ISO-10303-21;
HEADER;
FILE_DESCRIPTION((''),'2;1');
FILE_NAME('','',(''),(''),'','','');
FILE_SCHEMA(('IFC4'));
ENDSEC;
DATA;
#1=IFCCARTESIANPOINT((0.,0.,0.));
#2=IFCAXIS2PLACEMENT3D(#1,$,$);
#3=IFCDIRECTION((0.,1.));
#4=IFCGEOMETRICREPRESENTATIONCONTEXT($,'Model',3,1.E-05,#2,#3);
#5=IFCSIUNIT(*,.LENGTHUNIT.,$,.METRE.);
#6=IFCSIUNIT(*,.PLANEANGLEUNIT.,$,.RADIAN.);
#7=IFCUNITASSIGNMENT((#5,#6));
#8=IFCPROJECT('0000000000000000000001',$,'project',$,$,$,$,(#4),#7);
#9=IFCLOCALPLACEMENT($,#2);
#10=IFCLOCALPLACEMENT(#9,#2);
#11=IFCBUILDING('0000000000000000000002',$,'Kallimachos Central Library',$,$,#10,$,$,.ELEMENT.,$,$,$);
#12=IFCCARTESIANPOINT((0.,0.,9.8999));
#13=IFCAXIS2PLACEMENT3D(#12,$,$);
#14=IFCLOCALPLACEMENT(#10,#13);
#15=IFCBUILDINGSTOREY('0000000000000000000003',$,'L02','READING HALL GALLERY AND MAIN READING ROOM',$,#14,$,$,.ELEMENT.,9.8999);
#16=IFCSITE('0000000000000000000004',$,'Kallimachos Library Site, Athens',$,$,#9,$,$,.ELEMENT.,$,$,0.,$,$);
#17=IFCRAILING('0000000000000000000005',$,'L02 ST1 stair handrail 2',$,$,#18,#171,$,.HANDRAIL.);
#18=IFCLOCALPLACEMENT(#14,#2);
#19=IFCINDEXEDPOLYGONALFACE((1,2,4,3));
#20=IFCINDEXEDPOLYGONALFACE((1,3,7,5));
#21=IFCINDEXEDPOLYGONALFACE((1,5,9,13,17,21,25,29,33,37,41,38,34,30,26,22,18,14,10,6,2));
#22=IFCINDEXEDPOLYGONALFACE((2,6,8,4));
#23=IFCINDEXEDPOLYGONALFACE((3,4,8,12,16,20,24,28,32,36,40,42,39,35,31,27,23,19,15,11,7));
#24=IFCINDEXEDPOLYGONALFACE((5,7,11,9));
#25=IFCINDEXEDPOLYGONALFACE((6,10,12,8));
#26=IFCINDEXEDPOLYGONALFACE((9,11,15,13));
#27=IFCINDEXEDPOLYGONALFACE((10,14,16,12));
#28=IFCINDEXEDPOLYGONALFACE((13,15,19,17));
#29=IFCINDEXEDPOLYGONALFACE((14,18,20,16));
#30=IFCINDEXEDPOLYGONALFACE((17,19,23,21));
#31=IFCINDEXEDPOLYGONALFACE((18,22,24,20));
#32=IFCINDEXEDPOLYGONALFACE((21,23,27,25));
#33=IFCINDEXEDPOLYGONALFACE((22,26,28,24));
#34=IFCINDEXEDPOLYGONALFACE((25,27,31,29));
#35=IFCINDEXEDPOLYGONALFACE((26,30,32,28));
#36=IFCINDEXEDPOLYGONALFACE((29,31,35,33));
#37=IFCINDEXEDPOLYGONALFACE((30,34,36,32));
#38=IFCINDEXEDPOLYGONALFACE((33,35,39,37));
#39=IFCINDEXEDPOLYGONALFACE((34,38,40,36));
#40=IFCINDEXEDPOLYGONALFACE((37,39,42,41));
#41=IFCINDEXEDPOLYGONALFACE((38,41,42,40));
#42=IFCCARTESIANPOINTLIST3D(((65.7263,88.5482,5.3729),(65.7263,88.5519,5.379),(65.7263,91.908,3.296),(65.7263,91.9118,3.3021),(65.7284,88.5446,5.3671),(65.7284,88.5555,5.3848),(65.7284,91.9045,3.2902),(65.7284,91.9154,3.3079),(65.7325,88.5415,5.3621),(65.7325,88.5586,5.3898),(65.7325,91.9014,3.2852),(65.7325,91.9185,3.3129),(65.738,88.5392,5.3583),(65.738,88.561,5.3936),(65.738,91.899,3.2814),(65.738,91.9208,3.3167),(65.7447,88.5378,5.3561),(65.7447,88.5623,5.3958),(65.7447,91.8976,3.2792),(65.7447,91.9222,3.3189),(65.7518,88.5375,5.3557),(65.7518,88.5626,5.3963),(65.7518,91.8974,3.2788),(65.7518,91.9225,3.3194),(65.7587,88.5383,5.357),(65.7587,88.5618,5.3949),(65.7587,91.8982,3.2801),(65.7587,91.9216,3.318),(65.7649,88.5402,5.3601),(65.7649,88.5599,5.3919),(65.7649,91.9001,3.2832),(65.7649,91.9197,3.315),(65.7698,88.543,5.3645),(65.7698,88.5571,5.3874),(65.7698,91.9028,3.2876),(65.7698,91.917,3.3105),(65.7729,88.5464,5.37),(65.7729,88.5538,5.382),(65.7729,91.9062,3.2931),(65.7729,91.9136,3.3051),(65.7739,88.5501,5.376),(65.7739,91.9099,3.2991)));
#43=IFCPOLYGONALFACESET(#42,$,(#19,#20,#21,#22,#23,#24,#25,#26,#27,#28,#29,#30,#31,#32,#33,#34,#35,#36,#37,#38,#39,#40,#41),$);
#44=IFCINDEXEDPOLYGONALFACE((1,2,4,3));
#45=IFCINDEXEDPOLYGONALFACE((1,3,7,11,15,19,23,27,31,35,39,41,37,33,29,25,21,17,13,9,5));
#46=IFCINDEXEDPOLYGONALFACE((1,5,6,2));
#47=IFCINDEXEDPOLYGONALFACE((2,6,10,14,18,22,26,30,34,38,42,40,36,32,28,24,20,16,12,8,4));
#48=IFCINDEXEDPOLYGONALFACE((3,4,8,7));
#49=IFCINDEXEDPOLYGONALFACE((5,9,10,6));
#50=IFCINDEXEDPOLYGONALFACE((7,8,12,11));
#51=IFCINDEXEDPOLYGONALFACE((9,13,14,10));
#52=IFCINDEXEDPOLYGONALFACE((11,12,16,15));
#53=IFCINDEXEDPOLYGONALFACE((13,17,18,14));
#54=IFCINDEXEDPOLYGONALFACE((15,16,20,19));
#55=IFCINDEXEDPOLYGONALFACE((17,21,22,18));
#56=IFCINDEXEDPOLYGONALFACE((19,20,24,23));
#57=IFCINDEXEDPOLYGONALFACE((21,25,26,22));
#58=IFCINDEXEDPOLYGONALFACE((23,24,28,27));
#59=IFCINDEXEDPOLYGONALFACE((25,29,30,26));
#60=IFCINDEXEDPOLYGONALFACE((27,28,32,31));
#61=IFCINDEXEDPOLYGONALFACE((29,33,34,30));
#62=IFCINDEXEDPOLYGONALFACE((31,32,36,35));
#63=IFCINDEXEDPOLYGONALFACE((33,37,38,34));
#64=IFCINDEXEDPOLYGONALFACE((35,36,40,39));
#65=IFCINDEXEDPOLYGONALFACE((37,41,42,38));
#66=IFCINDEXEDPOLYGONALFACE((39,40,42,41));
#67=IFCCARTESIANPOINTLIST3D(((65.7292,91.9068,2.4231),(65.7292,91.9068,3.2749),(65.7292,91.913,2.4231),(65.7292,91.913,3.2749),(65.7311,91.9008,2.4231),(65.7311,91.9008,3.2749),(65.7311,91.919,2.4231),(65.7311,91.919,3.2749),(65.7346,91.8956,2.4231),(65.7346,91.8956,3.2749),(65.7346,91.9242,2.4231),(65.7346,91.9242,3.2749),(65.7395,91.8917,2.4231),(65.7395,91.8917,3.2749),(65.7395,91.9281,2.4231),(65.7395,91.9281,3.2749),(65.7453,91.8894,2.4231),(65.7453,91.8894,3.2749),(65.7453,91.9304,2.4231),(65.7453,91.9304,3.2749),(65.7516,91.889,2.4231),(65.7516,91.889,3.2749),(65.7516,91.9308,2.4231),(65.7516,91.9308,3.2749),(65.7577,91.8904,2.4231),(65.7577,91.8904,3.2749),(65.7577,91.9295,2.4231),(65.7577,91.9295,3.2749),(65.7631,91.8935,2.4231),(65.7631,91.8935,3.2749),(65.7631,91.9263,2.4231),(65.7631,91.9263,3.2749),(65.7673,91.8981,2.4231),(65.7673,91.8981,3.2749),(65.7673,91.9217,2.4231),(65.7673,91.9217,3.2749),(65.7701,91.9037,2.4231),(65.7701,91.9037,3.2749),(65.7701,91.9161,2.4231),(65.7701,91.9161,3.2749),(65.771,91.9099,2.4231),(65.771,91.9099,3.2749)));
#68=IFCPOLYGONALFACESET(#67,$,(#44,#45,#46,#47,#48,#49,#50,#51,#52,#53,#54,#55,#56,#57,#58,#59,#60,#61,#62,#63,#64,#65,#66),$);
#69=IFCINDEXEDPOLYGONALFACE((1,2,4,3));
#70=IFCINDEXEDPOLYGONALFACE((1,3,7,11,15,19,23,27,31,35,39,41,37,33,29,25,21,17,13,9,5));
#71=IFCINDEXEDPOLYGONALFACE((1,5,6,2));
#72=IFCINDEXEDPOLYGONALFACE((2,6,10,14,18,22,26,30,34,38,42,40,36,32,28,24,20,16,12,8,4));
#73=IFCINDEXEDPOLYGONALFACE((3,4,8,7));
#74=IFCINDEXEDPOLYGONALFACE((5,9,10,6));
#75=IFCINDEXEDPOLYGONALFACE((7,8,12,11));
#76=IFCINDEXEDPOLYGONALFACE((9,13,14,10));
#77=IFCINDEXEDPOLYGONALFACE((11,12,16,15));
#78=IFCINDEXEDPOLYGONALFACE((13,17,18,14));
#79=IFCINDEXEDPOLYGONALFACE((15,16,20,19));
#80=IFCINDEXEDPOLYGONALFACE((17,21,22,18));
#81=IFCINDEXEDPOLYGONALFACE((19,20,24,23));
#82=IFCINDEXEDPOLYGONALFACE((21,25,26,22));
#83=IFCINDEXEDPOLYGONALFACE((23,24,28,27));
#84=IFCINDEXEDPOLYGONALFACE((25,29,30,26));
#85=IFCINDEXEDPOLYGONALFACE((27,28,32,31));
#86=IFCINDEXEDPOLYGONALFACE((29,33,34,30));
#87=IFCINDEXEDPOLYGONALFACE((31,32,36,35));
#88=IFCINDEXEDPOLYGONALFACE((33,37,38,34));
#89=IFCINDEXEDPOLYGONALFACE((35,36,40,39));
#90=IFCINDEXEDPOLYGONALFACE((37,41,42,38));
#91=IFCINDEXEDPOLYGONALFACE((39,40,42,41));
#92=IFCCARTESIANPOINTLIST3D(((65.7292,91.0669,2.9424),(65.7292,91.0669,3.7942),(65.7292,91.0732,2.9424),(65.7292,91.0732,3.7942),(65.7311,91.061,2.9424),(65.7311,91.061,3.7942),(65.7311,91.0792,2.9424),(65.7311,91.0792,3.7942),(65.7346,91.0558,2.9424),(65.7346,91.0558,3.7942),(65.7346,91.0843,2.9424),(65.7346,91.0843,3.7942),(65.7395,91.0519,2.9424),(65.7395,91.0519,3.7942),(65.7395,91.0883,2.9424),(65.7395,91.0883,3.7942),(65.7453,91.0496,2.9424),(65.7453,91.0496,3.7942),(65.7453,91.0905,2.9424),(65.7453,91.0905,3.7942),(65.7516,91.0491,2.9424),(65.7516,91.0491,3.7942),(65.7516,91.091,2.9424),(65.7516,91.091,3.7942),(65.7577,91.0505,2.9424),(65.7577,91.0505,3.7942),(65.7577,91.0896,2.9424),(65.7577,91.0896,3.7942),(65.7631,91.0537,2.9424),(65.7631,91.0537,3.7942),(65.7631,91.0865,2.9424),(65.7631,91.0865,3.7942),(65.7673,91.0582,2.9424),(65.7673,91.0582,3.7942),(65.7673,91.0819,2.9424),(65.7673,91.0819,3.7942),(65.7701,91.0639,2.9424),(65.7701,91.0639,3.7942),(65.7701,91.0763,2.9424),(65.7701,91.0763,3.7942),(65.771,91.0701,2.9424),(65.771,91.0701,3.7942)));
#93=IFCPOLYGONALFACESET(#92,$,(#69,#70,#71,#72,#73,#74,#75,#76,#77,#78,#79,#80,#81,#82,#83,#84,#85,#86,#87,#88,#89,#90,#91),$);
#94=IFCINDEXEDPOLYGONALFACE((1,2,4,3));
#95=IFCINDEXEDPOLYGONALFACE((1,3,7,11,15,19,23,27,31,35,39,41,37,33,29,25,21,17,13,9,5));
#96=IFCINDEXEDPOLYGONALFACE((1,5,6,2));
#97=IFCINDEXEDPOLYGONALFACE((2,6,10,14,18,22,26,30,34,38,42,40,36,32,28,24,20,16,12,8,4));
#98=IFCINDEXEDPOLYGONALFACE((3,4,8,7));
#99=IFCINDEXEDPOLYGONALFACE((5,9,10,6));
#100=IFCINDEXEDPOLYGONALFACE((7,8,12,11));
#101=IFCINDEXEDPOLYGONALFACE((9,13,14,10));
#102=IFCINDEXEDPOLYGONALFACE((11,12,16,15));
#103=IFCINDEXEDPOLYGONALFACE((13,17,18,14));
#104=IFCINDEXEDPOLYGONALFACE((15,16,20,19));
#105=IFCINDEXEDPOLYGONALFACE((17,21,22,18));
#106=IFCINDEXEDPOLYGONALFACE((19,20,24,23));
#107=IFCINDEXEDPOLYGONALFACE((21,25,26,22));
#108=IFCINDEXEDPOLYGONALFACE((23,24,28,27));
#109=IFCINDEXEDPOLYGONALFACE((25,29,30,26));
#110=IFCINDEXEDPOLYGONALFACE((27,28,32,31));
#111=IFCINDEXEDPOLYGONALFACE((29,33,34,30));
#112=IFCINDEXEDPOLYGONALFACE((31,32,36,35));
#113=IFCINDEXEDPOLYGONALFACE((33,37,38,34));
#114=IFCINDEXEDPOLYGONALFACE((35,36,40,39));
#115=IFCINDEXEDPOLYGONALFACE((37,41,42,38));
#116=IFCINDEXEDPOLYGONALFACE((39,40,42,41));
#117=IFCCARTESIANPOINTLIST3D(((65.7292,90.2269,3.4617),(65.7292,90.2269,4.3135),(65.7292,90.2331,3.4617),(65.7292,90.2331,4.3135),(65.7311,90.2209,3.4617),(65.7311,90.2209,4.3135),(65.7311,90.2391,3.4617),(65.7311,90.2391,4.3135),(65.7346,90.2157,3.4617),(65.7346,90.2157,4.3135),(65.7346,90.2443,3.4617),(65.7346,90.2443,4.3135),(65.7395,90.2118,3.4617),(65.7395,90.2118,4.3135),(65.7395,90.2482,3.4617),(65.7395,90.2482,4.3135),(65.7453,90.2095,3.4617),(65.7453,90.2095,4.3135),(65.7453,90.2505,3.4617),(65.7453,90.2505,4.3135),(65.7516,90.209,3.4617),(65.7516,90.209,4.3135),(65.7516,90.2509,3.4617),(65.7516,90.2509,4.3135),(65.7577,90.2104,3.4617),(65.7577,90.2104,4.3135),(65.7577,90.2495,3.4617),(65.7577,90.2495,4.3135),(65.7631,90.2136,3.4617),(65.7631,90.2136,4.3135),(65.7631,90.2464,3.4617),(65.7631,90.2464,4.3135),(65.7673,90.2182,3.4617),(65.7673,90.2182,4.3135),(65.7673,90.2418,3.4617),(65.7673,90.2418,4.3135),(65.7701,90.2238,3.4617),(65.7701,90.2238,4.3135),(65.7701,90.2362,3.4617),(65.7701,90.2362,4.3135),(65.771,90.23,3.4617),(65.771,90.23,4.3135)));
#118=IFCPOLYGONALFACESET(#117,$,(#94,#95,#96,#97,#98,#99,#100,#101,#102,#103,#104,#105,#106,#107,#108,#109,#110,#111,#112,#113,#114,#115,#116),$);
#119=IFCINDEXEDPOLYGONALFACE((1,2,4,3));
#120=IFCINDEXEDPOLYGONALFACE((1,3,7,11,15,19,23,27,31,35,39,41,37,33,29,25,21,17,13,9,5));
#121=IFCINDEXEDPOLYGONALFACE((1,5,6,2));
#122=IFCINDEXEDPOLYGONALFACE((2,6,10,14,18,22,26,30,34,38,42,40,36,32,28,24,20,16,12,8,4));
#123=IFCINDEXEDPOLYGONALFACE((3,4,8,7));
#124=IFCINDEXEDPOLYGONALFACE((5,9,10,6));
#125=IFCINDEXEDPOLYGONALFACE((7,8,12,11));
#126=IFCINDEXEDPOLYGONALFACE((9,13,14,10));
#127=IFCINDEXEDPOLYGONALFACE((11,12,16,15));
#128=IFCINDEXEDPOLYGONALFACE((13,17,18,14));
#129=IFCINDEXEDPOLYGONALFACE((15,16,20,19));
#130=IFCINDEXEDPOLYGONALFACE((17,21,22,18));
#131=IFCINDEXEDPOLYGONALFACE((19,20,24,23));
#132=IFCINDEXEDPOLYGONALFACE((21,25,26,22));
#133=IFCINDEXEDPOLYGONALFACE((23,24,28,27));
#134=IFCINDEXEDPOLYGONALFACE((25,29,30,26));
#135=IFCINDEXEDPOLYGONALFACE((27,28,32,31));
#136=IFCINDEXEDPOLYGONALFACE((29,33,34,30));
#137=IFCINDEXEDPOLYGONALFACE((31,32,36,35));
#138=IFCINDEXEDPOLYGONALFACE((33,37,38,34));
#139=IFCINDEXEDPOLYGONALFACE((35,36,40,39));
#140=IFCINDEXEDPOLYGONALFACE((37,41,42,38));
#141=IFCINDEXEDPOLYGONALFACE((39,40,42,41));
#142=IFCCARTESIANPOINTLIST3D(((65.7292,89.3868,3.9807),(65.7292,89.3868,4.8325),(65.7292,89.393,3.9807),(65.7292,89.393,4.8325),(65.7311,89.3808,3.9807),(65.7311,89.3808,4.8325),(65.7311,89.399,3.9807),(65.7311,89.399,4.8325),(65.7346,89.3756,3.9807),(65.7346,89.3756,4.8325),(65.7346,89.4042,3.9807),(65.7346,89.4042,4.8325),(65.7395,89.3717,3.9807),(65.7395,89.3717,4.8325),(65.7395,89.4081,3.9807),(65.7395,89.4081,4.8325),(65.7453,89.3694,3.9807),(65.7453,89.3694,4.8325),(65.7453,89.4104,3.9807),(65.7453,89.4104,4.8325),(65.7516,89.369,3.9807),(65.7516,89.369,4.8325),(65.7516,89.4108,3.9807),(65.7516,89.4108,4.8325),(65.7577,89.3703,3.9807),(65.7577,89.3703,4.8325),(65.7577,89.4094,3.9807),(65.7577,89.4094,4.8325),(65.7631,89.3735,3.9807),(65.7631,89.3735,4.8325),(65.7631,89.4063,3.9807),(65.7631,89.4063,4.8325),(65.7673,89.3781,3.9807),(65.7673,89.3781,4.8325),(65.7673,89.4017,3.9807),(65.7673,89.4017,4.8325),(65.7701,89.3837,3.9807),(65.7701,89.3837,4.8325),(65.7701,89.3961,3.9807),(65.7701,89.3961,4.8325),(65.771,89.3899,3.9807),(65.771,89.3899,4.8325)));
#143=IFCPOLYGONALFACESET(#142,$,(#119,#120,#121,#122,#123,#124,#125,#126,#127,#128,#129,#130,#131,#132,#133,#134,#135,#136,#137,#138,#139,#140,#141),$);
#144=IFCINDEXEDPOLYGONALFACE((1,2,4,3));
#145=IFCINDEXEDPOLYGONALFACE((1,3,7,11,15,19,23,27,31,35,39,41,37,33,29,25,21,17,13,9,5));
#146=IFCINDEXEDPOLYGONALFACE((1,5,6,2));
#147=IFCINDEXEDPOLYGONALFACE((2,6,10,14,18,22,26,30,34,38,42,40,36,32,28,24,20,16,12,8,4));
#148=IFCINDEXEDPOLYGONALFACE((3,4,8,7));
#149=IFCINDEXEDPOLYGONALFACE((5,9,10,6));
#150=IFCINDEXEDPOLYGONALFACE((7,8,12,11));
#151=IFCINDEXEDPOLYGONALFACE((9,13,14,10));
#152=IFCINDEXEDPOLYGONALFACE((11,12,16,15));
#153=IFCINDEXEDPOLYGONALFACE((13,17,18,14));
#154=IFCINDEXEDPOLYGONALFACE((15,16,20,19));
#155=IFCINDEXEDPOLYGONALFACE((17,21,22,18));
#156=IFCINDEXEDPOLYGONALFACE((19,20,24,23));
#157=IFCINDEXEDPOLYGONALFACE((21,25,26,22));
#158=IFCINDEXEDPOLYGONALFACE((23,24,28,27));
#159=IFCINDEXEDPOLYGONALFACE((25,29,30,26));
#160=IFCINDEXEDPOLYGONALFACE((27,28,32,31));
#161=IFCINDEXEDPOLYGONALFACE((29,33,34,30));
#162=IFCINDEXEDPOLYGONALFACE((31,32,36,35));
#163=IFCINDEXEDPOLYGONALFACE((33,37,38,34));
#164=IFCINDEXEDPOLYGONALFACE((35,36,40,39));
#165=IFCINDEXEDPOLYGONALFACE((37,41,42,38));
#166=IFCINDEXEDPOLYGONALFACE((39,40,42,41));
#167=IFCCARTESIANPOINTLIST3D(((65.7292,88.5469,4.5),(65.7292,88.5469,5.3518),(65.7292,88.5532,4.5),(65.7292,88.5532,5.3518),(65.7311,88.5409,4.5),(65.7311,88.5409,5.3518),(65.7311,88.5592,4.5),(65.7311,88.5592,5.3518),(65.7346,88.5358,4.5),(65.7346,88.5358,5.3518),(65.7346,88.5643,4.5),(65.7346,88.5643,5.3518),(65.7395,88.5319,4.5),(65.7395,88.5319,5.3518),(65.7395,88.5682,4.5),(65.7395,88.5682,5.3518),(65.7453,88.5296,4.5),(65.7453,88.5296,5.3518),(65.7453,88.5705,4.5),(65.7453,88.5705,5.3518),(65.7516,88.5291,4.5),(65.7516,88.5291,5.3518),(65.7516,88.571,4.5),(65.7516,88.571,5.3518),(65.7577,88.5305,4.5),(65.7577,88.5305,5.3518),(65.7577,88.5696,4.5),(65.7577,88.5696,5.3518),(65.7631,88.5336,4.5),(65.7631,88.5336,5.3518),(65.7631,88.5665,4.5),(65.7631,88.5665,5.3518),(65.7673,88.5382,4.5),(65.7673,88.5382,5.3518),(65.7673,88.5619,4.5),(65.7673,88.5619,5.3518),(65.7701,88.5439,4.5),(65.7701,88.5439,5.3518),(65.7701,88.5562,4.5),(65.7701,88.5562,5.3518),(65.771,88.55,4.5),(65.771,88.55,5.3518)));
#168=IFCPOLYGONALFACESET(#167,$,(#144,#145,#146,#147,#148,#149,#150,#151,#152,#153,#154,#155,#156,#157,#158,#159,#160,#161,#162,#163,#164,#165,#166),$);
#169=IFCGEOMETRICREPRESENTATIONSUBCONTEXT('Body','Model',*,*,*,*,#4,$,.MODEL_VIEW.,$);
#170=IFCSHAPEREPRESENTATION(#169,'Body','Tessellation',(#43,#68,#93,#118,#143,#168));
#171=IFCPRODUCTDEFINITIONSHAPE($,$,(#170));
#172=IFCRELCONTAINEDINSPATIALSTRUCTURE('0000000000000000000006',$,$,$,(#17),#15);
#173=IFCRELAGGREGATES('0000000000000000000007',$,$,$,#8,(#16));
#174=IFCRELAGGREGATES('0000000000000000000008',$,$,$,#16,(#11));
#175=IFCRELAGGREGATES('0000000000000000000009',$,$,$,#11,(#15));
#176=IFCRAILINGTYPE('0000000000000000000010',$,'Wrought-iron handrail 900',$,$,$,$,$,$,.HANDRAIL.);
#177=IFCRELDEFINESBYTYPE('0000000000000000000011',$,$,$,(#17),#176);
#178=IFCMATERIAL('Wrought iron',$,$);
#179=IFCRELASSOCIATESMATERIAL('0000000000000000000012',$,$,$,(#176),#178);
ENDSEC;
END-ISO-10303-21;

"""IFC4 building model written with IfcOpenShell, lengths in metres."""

from ifc_helpers import new_model, si_unit, direction, frame, origin, origin_2d, place, context, subcontext, project, spatial, circle, extrude, material, type_object, element, save


model = new_model("IFC4")

# Units and contexts
model_context = context("Model", 3, precision=1e-05, world=origin(), true_north=direction((0.0, 1.0)))
body_context = subcontext(model_context, "Body", "Model", "MODEL_VIEW")
ifc_project = project(units=[si_unit("LENGTHUNIT", "METRE"), si_unit("PLANEANGLEUNIT", "RADIAN")], contexts=[model_context])

# Site, building, storey
site_placement = place(None, origin())
site = spatial("IfcSite", under=ifc_project, at=site_placement, Name="Kallimachos Library Site, Athens", CompositionType="ELEMENT", RefElevation=0.0)
building_placement = place(site_placement, origin())
building = spatial("IfcBuilding", under=site, at=building_placement, Name="Kallimachos Central Library", CompositionType="ELEMENT")
storey_placement = place(building_placement, frame((0.0, 0.0, 9.8999)))
storey = spatial("IfcBuildingStorey", under=building, at=storey_placement, Name="L02", Description="READING HALL GALLERY AND MAIN READING ROOM", CompositionType="ELEMENT", Elevation=9.8999)

# Railing
ifc_material_1 = material(Name="Wrought iron")
railing_type_1 = type_object("IfcRailingType", Name="Wrought-iron handrail 900", PredefinedType="HANDRAIL", material=ifc_material_1)
railing_1_placement = place(storey_placement, frame((65.75, 91.9099, 2.4231)))
element("IfcRailing", 1, at=railing_1_placement, inside=storey, type_object=railing_type_1, Name="L02 ST1 stair handrail 2", PredefinedType="HANDRAIL", context=body_context, shape_type="SweptSolid", body=[
    extrude(circle(Radius=0.0239, at=origin_2d()), frame((0.0, 0.0, 0.876), z_axis=(0.0, -0.850606, 0.525803), x_axis=(1.0, 0.0, 0.0)), (0.0, 0.0, 1.0), 3.95),
    extrude(circle(Radius=0.021, at=origin_2d()), origin(), (0.0, 0.0, 1.0), 0.8518),
    extrude(circle(Radius=0.021, at=origin_2d()), frame((0.0, -0.8398, 0.5193)), (0.0, 0.0, 1.0), 0.8518),
    extrude(circle(Radius=0.021, at=origin_2d()), frame((0.0, -1.6799, 1.0386)), (0.0, 0.0, 1.0), 0.8518),
    extrude(circle(Radius=0.021, at=origin_2d()), frame((0.0, -2.52, 1.5576)), (0.0, 0.0, 1.0), 0.8518),
    extrude(circle(Radius=0.021, at=origin_2d()), frame((0.0, -3.3599, 2.0769)), (0.0, 0.0, 1.0), 0.8518),
])

save(model, "model.ifc")
